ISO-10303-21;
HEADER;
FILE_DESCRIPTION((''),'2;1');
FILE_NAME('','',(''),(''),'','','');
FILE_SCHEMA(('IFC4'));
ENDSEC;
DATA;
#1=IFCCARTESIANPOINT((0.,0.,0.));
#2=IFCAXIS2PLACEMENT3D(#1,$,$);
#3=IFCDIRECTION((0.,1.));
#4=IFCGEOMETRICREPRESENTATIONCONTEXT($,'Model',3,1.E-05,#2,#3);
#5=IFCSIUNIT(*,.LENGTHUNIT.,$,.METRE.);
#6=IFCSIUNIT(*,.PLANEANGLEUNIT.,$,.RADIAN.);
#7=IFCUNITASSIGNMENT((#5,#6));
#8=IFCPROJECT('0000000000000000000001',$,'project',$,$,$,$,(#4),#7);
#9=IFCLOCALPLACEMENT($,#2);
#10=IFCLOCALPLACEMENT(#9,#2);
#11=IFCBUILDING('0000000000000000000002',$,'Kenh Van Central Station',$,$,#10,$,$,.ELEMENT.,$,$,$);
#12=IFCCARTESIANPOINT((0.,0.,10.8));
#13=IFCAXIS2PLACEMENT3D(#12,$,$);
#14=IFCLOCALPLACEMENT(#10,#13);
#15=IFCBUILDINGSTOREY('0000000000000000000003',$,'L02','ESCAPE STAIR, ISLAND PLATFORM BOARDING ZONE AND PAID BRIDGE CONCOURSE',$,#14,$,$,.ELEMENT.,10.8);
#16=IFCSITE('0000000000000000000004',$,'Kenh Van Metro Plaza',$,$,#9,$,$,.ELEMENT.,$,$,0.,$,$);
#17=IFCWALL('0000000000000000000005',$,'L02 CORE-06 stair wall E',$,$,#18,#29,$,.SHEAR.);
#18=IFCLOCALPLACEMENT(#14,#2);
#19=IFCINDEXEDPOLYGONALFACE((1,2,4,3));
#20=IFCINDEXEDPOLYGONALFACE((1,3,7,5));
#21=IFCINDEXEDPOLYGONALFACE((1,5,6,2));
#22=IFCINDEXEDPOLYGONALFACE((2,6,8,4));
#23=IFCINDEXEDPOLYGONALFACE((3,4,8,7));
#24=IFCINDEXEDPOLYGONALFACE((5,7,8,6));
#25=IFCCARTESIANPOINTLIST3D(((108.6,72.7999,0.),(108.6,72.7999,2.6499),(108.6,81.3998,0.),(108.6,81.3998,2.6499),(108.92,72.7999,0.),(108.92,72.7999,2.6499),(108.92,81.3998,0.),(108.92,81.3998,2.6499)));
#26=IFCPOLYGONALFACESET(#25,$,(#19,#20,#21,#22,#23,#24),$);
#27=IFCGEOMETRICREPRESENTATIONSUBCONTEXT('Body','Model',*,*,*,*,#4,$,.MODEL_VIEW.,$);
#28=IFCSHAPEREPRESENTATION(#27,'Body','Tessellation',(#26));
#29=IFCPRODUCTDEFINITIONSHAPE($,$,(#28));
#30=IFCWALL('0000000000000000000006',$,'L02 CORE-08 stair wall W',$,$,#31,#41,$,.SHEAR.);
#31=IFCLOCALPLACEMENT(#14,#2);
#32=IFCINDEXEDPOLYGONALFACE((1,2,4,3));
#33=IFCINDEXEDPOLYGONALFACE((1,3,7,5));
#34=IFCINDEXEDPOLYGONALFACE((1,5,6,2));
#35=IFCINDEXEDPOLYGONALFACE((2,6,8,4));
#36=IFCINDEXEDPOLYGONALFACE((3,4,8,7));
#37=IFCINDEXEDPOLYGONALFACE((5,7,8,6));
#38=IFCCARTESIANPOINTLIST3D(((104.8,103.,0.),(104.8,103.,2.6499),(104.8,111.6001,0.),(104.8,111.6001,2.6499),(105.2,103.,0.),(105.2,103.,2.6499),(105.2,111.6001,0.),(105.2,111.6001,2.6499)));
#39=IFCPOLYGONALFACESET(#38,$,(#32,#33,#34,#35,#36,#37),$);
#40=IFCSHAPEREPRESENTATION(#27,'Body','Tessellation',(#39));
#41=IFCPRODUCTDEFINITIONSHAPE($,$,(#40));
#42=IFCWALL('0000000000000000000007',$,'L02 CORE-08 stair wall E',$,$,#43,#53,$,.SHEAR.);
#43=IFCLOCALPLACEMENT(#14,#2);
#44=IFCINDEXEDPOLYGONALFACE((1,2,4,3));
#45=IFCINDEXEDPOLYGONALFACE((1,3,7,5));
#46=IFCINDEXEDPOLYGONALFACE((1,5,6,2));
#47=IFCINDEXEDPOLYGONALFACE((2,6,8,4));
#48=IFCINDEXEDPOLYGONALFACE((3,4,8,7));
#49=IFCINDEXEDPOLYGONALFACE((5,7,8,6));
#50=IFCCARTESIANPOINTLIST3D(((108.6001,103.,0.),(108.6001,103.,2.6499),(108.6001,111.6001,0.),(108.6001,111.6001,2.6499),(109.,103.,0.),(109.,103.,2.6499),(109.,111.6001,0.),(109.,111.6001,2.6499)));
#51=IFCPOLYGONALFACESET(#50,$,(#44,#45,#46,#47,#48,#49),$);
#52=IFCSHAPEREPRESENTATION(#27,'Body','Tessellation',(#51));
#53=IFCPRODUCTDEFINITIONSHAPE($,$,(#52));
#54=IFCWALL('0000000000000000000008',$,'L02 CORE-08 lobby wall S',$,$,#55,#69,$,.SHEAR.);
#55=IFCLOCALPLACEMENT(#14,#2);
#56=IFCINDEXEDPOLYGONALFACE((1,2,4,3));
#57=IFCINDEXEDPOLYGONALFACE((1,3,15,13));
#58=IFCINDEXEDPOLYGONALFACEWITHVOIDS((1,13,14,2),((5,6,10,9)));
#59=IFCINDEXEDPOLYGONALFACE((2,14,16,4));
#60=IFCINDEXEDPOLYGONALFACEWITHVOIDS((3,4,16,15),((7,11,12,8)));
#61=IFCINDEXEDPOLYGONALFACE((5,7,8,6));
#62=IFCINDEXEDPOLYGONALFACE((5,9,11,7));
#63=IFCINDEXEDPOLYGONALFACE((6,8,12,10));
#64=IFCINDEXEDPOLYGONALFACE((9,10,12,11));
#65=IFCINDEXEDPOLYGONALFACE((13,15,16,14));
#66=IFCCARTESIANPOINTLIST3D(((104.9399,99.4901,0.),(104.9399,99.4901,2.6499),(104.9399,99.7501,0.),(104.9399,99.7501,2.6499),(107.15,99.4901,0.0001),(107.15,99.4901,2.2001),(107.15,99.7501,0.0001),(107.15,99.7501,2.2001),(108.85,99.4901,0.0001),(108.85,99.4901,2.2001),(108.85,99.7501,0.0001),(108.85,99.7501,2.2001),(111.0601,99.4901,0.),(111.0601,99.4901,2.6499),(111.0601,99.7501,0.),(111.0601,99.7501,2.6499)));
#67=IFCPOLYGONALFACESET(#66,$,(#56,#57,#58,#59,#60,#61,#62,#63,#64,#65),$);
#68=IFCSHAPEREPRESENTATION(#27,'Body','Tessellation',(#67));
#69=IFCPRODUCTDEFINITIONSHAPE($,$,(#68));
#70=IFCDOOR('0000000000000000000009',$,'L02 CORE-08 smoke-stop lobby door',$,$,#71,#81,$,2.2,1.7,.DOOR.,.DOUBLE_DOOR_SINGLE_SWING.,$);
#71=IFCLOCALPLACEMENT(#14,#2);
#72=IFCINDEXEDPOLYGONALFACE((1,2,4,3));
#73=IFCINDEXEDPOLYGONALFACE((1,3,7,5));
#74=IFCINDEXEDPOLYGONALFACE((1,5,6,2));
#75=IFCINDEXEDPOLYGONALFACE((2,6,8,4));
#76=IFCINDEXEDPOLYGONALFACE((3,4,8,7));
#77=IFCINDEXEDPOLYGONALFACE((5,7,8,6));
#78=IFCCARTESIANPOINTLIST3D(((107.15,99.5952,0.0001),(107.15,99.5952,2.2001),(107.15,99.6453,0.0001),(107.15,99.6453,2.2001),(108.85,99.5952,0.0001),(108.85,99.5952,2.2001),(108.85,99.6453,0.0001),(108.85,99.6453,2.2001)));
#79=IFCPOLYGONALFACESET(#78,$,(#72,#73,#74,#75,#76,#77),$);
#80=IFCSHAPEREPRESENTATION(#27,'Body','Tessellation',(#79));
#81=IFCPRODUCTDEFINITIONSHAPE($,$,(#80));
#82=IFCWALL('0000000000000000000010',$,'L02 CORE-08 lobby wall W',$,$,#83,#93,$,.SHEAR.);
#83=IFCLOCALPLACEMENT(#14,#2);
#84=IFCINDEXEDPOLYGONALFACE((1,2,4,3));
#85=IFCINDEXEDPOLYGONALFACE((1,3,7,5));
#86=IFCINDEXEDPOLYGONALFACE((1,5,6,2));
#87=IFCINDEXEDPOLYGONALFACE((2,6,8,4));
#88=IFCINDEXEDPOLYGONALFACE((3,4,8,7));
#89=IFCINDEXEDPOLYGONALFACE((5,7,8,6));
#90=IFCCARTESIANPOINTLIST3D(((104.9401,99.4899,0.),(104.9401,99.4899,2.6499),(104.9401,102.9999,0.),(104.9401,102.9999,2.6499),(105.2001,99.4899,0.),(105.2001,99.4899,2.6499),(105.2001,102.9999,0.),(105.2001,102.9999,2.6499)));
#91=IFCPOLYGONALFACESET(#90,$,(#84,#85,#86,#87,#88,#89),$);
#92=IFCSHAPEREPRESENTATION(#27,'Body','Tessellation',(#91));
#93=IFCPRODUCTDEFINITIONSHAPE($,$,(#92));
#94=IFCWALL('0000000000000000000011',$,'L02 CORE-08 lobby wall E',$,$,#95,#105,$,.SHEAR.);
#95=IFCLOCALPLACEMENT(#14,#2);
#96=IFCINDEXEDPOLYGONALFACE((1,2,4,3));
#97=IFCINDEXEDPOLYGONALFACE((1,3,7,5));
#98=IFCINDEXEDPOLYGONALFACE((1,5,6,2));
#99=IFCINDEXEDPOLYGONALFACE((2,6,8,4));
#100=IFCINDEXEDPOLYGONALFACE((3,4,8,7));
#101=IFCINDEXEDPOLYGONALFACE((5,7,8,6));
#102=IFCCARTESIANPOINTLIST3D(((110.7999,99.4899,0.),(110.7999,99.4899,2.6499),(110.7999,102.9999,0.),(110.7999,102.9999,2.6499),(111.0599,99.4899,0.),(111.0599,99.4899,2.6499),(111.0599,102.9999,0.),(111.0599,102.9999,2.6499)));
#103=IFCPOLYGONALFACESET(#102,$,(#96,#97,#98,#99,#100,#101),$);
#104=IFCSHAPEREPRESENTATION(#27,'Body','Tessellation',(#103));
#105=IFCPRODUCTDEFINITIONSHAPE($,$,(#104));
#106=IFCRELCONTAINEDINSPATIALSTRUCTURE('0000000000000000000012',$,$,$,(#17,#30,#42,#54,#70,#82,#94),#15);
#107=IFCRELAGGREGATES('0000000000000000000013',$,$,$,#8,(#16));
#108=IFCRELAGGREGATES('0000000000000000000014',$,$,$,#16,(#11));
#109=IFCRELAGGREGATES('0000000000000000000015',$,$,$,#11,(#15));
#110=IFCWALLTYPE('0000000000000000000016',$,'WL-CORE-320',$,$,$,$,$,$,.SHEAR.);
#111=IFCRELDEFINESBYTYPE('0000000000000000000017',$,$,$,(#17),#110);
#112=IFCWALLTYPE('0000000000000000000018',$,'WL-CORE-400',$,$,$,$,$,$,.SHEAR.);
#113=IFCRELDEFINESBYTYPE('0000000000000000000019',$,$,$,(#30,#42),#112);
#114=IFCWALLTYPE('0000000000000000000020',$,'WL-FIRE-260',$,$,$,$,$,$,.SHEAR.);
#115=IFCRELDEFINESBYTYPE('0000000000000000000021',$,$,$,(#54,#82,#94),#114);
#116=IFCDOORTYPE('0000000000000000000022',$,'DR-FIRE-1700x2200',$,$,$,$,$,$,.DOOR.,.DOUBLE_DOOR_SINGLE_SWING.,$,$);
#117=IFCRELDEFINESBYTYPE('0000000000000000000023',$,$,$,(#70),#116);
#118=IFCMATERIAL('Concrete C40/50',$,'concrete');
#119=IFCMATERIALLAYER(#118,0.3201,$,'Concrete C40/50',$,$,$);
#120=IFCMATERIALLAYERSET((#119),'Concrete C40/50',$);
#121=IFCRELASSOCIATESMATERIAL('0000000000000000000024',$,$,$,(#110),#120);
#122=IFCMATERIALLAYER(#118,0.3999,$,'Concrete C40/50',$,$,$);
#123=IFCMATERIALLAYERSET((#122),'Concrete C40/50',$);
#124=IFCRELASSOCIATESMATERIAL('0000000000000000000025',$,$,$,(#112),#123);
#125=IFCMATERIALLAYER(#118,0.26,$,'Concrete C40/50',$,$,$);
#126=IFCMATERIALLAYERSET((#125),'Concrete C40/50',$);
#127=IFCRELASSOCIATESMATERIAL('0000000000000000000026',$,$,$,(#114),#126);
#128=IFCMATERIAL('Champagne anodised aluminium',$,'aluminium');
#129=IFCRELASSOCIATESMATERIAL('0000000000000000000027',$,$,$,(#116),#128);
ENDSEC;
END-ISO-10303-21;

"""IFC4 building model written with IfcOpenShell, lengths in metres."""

from ifc_helpers import new_model, si_unit, direction, frame, frame_2d, origin, place, context, subcontext, project, spatial, rectangle, extrude, material, layer, layer_set, type_object, element, fill, save


model = new_model("IFC4")

# Units and contexts
model_context = context("Model", 3, precision=1e-05, world=origin(), true_north=direction((0.0, 1.0)))
body_context = subcontext(model_context, "Body", "Model", "MODEL_VIEW")
ifc_project = project(units=[si_unit("LENGTHUNIT", "METRE"), si_unit("PLANEANGLEUNIT", "RADIAN")], contexts=[model_context])

# Site, building, storey
site_placement = place(None, origin())
site = spatial("IfcSite", under=ifc_project, at=site_placement, Name="Kenh Van Metro Plaza", CompositionType="ELEMENT", RefElevation=0.0)
building_placement = place(site_placement, origin())
building = spatial("IfcBuilding", under=site, at=building_placement, Name="Kenh Van Central Station", CompositionType="ELEMENT")
storey_placement = place(building_placement, frame((0.0, 0.0, 10.8)))
storey = spatial("IfcBuildingStorey", under=building, at=storey_placement, Name="L02", Description="ESCAPE STAIR, ISLAND PLATFORM BOARDING ZONE AND PAID BRIDGE CONCOURSE", CompositionType="ELEMENT", Elevation=10.8)

# Shared definitions
ifc_material_1 = material(Name="Concrete C40/50", Category="concrete")
ifc_layer_1 = layer(ifc_material_1, 0.3201, Name="Concrete C40/50")
ifc_layer_set_1 = layer_set([ifc_layer_1], Name="Concrete C40/50")
wall_type_1 = type_object("IfcWallType", Name="WL-CORE-320", PredefinedType="SHEAR", material=ifc_layer_set_1)
ifc_material_2 = material(Name="Champagne anodised aluminium", Category="aluminium")

# Wall
for number, where, z_axis, x_axis, name in (
    (1, (108.76, 72.8, 0.0), (0.0, 0.0, 1.0), (0.0, 1.0, 0.0), "L02 CORE-06 stair wall E"),
):
    element("IfcWall", number, at=place(storey_placement, frame(where, z_axis=z_axis, x_axis=x_axis)), inside=storey, type_object=wall_type_1, Name=name, PredefinedType="SHEAR", context=body_context, shape_type="SweptSolid", body=[
        extrude(rectangle(XDim=8.5999, YDim=0.3201, at=frame_2d((4.2998, 0.0))), origin(), (0.0, 0.0, 1.0), 2.6499),
    ])

# Shared definitions
ifc_layer_2 = layer(ifc_material_1, 0.3999, Name="Concrete C40/50")
ifc_layer_set_2 = layer_set([ifc_layer_2], Name="Concrete C40/50")
wall_type_2 = type_object("IfcWallType", Name="WL-CORE-400", PredefinedType="SHEAR", material=ifc_layer_set_2)

# Walls
for number, where, z_axis, x_axis, name in (
    (2, (105.0, 103.0, 0.0), (0.0, 0.0, 1.0), (0.0, 1.0, 0.0), "L02 CORE-08 stair wall W"),
    (3, (108.8, 103.0, 0.0), (0.0, 0.0, 1.0), (0.0, 1.0, 0.0), "L02 CORE-08 stair wall E"),
):
    element("IfcWall", number, at=place(storey_placement, frame(where, z_axis=z_axis, x_axis=x_axis)), inside=storey, type_object=wall_type_2, Name=name, PredefinedType="SHEAR", context=body_context, shape_type="SweptSolid", body=[
        extrude(rectangle(XDim=8.6001, YDim=0.3999, at=frame_2d((4.3, 0.0))), origin(), (0.0, 0.0, 1.0), 2.6499),
    ])

# Wall, opening, door
ifc_layer_3 = layer(ifc_material_1, 0.26, Name="Concrete C40/50")
ifc_layer_set_3 = layer_set([ifc_layer_3], Name="Concrete C40/50")
wall_type_3 = type_object("IfcWallType", Name="WL-FIRE-260", PredefinedType="SHEAR", material=ifc_layer_set_3)
wall_1_placement = place(storey_placement, frame((111.0601, 99.6201, 0.0), z_axis=(0.0, 0.0, 1.0), x_axis=(-1.0, 0.0, 0.0)))
wall_1 = element("IfcWall", 4, at=wall_1_placement, inside=storey, type_object=wall_type_3, Name="L02 CORE-08 lobby wall S", PredefinedType="SHEAR", context=body_context, shape_type="SweptSolid", body=[
    extrude(rectangle(XDim=6.1201, YDim=0.26, at=frame_2d((3.0601, 0.0))), origin(), (0.0, 0.0, 1.0), 2.6499),
])
opening_1_placement = place(wall_1_placement, frame((2.21, 0.0, 0.0)))
opening_1 = element("IfcOpeningElement", 5, at=opening_1_placement, cuts=wall_1, PredefinedType="OPENING", context=body_context, shape_type="SweptSolid", body=[
    extrude(rectangle(XDim=1.7, YDim=2.2, at=frame_2d((0.8501, 1.1001))), frame((0.0, 0.1399, 0.0), z_axis=(0.0, -1.0, 0.0), x_axis=(1.0, 0.0, 0.0)), (0.0, 0.0, 1.0), 0.28),
])
door_type_1 = type_object("IfcDoorType", Name="DR-FIRE-1700x2200", OperationType="DOUBLE_DOOR_SINGLE_SWING", PredefinedType="DOOR", material=ifc_material_2)
door_1_placement = place(opening_1_placement, origin())
door_1 = element("IfcDoor", 6, at=door_1_placement, inside=storey, type_object=door_type_1, Name="L02 CORE-08 smoke-stop lobby door", OperationType="DOUBLE_DOOR_SINGLE_SWING", OverallHeight=2.2, OverallWidth=1.7, PredefinedType="DOOR", context=body_context, shape_type="SweptSolid", body=[
    extrude(rectangle(XDim=1.7, YDim=2.2, at=frame_2d((0.8501, 1.1001))), frame((0.0, 0.0249, 0.0), z_axis=(0.0, -1.0, 0.0), x_axis=(1.0, 0.0, 0.0)), (0.0, 0.0, 1.0), 0.05),
])
fill(opening_1, door_1)

# Walls
for number, where, z_axis, x_axis, name in (
    (7, (105.0701, 99.49, 0.0), (0.0, 0.0, 1.0), (0.0, 1.0, 0.0), "L02 CORE-08 lobby wall W"),
    (8, (110.9299, 99.49, 0.0), (0.0, 0.0, 1.0), (0.0, 1.0, 0.0), "L02 CORE-08 lobby wall E"),
):
    element("IfcWall", number, at=place(storey_placement, frame(where, z_axis=z_axis, x_axis=x_axis)), inside=storey, type_object=wall_type_3, Name=name, PredefinedType="SHEAR", context=body_context, shape_type="SweptSolid", body=[
        extrude(rectangle(XDim=3.51, YDim=0.26, at=frame_2d((1.7549, 0.0))), origin(), (0.0, 0.0, 1.0), 2.6499),
    ])

save(model, "model.ifc")
